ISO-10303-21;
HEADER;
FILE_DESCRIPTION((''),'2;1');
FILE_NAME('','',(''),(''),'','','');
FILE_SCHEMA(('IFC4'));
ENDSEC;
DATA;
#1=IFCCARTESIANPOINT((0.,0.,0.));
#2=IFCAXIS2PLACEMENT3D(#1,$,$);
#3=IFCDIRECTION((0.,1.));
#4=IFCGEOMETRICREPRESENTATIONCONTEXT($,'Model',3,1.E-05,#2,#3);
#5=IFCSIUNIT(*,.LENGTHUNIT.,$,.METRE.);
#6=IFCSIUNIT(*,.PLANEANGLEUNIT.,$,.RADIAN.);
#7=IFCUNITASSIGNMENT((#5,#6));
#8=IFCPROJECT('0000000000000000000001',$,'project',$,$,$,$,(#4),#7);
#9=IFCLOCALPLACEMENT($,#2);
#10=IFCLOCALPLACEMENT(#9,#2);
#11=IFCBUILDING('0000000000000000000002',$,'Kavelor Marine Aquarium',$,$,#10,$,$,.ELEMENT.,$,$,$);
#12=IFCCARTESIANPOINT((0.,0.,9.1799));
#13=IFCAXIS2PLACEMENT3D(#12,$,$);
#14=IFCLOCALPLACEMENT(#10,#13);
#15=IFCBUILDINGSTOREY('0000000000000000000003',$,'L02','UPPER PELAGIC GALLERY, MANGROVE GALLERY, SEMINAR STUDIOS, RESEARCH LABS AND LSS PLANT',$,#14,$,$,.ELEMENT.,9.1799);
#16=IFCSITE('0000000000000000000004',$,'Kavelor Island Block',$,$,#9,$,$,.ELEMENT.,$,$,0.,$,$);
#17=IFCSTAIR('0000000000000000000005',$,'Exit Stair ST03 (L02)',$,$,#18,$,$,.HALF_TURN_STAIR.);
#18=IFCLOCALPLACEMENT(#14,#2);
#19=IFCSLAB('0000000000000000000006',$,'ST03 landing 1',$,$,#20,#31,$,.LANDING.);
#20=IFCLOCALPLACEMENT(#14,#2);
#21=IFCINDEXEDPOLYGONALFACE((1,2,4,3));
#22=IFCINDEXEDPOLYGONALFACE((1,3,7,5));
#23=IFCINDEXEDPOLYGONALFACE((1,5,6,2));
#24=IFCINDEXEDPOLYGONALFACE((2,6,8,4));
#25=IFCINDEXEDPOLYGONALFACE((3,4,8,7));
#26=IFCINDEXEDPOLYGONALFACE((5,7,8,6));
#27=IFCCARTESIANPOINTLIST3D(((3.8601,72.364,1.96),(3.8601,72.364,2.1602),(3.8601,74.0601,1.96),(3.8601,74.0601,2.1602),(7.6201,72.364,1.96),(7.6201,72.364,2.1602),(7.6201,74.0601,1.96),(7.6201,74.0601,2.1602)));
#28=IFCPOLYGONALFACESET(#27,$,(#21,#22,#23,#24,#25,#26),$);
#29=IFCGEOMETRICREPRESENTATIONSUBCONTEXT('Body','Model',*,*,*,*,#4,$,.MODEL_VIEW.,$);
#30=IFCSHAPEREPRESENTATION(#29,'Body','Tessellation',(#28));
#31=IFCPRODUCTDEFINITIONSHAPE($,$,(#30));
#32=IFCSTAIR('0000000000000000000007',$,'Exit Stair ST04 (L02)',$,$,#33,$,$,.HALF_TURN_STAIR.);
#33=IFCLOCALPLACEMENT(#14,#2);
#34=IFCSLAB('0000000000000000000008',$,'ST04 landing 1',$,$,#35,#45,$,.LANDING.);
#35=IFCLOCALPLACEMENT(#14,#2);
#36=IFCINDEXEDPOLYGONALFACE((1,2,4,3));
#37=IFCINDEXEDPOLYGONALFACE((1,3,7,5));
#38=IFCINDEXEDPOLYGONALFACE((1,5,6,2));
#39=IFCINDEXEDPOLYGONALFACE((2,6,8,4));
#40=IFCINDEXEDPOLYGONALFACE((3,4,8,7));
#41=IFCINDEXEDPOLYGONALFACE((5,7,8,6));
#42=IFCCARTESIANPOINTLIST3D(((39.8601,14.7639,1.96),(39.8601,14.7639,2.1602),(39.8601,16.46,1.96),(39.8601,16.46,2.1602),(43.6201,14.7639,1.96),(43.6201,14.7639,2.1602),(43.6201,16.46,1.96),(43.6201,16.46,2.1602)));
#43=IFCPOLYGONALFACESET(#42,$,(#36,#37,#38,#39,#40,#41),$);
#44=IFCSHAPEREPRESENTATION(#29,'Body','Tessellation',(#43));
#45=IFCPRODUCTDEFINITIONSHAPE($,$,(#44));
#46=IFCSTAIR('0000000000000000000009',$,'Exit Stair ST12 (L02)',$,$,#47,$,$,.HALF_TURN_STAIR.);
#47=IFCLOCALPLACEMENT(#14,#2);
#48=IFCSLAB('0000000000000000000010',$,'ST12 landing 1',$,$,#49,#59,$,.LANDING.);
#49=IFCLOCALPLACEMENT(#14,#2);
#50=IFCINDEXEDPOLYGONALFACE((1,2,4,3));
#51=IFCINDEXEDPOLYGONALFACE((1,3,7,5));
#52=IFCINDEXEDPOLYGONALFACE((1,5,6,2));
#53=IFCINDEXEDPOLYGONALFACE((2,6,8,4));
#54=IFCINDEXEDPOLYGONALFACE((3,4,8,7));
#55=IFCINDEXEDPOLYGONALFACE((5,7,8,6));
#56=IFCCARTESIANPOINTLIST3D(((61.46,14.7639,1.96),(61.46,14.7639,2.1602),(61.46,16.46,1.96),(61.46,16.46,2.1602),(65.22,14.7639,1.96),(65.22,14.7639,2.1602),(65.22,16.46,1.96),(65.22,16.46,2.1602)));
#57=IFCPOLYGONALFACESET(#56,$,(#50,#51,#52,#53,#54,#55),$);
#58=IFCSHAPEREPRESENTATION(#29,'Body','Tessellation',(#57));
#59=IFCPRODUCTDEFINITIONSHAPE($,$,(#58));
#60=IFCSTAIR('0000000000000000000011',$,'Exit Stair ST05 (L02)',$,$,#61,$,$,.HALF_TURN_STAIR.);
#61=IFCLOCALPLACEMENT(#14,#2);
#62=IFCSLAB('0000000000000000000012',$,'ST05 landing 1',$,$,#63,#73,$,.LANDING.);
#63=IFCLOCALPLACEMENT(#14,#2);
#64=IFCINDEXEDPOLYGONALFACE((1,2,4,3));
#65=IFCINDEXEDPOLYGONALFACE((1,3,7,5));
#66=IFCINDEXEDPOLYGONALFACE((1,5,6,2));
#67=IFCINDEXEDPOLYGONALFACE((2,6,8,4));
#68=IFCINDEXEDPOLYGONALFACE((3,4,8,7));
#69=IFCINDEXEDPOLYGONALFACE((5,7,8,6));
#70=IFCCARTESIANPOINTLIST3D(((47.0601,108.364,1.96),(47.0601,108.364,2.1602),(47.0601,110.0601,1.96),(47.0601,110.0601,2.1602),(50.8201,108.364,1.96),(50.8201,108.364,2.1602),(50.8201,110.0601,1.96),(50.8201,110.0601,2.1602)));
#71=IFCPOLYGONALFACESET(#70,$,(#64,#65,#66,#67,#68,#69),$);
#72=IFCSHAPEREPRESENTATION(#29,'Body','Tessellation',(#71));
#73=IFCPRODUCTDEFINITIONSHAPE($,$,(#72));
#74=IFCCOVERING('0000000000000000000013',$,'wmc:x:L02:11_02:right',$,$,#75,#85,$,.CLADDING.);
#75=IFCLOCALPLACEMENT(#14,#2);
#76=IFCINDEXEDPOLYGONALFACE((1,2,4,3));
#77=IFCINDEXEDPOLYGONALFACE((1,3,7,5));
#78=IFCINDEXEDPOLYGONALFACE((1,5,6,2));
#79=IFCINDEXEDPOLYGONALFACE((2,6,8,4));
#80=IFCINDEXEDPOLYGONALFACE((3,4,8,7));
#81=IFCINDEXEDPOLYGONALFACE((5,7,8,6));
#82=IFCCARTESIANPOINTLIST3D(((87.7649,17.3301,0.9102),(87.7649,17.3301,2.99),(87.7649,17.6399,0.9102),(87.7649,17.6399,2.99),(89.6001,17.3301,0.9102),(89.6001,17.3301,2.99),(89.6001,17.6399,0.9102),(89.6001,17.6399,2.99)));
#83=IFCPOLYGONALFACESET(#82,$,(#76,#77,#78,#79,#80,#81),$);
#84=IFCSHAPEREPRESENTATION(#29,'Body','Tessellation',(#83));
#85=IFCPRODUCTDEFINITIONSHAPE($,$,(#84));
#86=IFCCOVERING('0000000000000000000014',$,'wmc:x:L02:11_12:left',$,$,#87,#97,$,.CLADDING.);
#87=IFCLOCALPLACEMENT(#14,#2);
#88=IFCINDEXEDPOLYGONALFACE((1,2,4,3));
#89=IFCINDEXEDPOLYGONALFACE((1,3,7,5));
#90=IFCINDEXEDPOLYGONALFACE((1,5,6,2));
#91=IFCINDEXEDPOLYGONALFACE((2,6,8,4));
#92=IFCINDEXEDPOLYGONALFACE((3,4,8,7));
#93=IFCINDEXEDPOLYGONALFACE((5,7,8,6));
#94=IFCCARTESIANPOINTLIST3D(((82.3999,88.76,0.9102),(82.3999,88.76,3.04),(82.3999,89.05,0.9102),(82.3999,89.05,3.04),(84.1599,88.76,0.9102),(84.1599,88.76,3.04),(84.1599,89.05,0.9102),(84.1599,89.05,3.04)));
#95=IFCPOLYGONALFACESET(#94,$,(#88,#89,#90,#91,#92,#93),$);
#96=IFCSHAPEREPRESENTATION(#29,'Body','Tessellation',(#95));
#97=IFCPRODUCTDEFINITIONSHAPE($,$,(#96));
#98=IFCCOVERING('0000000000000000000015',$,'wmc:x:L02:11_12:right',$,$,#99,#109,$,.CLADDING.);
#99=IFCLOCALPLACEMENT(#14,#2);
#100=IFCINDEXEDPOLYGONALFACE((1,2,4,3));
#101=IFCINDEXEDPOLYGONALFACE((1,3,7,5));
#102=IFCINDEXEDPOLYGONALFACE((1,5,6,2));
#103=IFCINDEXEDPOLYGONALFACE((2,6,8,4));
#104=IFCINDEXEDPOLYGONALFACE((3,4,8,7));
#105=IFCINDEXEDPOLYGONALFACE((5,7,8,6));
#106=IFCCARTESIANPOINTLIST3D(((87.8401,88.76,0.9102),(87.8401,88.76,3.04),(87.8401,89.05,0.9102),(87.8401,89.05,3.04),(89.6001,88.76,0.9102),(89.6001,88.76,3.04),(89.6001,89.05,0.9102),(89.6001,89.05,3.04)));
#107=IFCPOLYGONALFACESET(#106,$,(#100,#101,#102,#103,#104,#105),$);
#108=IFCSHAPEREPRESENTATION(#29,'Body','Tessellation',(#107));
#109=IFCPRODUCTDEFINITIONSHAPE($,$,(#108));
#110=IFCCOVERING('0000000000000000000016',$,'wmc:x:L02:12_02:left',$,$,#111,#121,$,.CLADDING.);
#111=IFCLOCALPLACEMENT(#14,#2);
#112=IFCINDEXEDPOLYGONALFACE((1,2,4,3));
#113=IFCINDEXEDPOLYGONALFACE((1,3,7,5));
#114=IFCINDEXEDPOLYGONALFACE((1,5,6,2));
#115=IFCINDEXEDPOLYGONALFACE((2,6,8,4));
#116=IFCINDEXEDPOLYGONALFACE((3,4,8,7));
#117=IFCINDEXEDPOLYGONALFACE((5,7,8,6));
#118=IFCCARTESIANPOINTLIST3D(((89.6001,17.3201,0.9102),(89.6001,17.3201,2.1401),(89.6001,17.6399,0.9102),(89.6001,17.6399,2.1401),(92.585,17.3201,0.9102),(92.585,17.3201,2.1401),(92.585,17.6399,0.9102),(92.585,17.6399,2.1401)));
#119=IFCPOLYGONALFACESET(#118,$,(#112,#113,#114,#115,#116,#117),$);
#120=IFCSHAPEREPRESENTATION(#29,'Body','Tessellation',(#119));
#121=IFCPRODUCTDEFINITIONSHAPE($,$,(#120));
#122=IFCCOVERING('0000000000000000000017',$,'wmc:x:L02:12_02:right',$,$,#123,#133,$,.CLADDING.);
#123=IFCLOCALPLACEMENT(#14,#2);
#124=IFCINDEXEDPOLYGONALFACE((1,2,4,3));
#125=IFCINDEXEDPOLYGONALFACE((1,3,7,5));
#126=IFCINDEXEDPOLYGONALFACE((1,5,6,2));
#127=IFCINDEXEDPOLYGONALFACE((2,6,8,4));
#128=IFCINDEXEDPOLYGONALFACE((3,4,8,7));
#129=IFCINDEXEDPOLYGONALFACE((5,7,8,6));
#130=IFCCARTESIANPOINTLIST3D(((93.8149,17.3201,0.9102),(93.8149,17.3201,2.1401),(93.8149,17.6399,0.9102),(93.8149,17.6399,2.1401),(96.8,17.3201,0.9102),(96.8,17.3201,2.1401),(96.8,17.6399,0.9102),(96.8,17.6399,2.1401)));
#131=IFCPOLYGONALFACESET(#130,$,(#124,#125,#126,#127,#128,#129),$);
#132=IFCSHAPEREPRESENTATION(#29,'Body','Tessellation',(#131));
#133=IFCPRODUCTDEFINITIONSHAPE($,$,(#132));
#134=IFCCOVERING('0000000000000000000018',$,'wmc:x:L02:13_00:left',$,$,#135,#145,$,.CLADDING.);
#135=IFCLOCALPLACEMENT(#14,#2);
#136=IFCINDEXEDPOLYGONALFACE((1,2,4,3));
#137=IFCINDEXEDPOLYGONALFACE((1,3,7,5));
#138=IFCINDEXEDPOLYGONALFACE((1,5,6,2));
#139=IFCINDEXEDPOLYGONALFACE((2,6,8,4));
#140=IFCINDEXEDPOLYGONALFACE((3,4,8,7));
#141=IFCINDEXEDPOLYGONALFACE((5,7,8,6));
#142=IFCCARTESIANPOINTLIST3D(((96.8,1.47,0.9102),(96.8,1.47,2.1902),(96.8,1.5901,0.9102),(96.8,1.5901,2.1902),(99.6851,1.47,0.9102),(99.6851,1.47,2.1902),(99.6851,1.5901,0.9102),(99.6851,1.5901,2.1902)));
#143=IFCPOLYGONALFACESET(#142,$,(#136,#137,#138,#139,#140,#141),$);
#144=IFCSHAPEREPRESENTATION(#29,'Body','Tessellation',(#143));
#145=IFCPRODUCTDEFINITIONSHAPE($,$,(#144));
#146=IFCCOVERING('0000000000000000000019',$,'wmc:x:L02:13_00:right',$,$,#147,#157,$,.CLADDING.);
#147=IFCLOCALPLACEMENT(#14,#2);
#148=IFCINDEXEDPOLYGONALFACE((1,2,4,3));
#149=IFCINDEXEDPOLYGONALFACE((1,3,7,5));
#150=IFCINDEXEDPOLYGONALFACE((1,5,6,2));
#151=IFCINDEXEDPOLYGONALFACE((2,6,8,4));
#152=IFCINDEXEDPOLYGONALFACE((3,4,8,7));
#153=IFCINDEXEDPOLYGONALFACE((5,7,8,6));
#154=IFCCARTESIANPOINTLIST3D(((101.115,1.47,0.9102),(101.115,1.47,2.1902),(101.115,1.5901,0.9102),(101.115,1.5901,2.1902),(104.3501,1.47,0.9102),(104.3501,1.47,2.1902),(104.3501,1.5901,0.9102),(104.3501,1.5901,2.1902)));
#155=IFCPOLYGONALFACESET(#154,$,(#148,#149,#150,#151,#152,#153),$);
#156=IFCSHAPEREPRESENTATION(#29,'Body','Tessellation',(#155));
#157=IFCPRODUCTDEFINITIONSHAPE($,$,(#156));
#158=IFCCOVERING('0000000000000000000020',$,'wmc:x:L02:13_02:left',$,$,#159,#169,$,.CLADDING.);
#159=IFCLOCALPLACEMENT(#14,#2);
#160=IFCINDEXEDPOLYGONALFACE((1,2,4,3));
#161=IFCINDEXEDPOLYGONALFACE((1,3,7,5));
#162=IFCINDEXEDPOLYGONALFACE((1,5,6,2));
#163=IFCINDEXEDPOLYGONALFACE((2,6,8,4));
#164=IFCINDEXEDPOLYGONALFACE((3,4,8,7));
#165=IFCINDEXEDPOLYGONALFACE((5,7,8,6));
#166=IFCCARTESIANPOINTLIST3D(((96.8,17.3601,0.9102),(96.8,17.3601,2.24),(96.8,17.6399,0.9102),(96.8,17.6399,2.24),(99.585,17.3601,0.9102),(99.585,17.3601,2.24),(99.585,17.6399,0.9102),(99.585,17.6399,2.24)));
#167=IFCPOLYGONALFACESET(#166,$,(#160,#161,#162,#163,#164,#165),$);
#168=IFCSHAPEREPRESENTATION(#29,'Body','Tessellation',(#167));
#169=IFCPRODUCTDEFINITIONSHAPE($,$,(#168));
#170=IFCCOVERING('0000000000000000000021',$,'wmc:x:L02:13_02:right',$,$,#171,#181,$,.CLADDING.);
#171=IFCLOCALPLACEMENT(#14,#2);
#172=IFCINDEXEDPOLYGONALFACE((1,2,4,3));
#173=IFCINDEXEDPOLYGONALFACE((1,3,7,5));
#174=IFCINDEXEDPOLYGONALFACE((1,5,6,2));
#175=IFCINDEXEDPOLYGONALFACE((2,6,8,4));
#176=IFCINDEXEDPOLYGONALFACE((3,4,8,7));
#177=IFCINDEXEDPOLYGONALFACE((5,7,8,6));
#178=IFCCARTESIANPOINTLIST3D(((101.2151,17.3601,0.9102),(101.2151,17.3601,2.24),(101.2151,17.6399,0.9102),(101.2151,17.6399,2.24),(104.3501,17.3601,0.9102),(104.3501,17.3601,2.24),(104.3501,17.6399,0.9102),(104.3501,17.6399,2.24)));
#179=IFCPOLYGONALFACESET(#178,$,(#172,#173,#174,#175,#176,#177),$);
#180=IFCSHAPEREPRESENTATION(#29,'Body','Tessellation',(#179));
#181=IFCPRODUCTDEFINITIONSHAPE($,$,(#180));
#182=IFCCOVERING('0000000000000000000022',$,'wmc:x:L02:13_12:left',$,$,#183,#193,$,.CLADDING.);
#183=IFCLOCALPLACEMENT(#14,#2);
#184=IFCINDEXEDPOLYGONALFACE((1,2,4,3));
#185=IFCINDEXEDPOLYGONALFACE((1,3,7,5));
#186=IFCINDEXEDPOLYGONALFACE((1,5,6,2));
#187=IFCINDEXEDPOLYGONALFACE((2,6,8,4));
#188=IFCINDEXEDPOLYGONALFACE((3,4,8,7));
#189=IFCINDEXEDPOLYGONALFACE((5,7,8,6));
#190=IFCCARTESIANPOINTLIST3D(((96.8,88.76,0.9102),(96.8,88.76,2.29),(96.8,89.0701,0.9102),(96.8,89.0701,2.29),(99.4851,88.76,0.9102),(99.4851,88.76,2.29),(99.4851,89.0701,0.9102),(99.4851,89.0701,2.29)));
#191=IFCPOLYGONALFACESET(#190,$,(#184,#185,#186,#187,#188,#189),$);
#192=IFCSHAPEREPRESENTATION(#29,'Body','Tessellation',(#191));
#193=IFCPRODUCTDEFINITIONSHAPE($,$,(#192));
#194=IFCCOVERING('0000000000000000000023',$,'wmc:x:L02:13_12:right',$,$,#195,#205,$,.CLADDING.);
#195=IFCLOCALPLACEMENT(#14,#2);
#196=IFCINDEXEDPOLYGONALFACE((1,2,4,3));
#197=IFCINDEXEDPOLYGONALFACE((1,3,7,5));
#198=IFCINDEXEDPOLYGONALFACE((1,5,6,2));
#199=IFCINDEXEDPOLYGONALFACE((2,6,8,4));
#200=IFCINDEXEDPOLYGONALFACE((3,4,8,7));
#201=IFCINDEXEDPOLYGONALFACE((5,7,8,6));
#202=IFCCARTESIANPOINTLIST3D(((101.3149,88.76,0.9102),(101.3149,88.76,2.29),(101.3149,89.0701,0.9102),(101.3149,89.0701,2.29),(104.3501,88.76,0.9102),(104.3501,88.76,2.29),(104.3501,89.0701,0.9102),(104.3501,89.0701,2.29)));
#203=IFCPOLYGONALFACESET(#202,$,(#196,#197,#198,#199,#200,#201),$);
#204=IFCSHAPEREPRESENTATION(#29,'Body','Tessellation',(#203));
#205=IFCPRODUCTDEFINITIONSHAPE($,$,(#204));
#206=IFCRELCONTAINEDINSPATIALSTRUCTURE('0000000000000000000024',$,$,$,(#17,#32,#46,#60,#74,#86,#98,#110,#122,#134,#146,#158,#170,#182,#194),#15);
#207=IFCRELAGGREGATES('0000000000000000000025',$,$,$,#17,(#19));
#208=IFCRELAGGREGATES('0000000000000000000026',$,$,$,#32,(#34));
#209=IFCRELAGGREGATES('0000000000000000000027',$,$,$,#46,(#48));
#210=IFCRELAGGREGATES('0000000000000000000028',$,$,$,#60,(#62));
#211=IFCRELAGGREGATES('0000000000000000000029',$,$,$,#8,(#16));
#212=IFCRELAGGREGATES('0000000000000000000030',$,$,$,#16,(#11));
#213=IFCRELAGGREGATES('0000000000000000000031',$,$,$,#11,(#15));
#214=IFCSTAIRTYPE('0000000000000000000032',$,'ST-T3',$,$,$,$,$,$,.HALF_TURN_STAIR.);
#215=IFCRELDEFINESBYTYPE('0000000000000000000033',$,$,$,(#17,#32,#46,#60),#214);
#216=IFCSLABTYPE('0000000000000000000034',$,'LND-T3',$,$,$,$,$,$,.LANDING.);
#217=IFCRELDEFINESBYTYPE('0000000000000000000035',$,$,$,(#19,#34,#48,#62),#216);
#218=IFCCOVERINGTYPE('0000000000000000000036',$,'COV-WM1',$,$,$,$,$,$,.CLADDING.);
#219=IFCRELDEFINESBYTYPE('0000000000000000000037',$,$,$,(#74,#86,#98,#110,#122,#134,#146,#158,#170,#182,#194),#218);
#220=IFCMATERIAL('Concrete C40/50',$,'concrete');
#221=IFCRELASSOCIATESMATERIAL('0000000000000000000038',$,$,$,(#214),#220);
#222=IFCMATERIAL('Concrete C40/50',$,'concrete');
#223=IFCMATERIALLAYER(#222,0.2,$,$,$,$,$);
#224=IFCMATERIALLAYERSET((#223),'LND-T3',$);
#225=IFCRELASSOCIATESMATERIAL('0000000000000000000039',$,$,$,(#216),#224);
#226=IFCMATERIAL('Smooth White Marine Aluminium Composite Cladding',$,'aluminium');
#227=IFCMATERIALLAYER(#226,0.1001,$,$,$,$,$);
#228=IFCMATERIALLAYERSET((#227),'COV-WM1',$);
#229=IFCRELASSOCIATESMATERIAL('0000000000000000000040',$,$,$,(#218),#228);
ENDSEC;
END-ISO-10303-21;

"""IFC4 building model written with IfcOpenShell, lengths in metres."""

from ifc_helpers import new_model, si_unit, direction, frame, origin, place, context, subcontext, project, spatial, polyline, outline, extrude, material, layer, layer_set, type_object, element, aggregate, save


model = new_model("IFC4")

# Units and contexts
model_context = context("Model", 3, precision=1e-05, world=origin(), true_north=direction((0.0, 1.0)))
body_context = subcontext(model_context, "Body", "Model", "MODEL_VIEW")
ifc_project = project(units=[si_unit("LENGTHUNIT", "METRE"), si_unit("PLANEANGLEUNIT", "RADIAN")], contexts=[model_context])

# Site, building, storey
site_placement = place(None, origin())
site = spatial("IfcSite", under=ifc_project, at=site_placement, Name="Kavelor Island Block", CompositionType="ELEMENT", RefElevation=0.0)
building_placement = place(site_placement, origin())
building = spatial("IfcBuilding", under=site, at=building_placement, Name="Kavelor Marine Aquarium", CompositionType="ELEMENT")
storey_placement = place(building_placement, frame((0.0, 0.0, 9.1799)))
storey = spatial("IfcBuildingStorey", under=building, at=storey_placement, Name="L02", Description="UPPER PELAGIC GALLERY, MANGROVE GALLERY, SEMINAR STUDIOS, RESEARCH LABS AND LSS PLANT", CompositionType="ELEMENT", Elevation=9.1799)

# Stairs, slabs
ifc_material_1 = material(Name="Concrete C40/50", Category="concrete")
stair_type = type_object("IfcStairType", Name="ST-T3", PredefinedType="HALF_TURN_STAIR", material=ifc_material_1)
stair_1_placement = place(storey_placement, origin())
stair_1 = element("IfcStair", 1, at=stair_1_placement, inside=storey, type_object=stair_type, Name="Exit Stair ST03 (L02)", PredefinedType="HALF_TURN_STAIR")
ifc_material_2 = material(Name="Concrete C40/50", Category="concrete")
ifc_layer_1 = layer(ifc_material_2, 0.2)
ifc_layer_set_1 = layer_set([ifc_layer_1], Name="LND-T3")
slab_type = type_object("IfcSlabType", Name="LND-T3", PredefinedType="LANDING", material=ifc_layer_set_1)
slab_1_placement = place(storey_placement, frame((0.0, 0.0, 1.96)))
slab_1 = element("IfcSlab", 2, at=slab_1_placement, type_object=slab_type, Name="ST03 landing 1", PredefinedType="LANDING", context=body_context, shape_type="SweptSolid", body=[
    extrude(outline(polyline([(3.8601, 72.364), (7.6201, 72.364), (7.6201, 74.0601), (3.8601, 74.0601), (3.8601, 72.364)])), origin(), (0.0, 0.0, 1.0), 0.2002),
])
aggregate(stair_1, [slab_1])
stair_2_placement = place(storey_placement, origin())
stair_2 = element("IfcStair", 3, at=stair_2_placement, inside=storey, type_object=stair_type, Name="Exit Stair ST04 (L02)", PredefinedType="HALF_TURN_STAIR")
slab_2_placement = place(storey_placement, frame((0.0, 0.0, 1.96)))
slab_2 = element("IfcSlab", 4, at=slab_2_placement, type_object=slab_type, Name="ST04 landing 1", PredefinedType="LANDING", context=body_context, shape_type="SweptSolid", body=[
    extrude(outline(polyline([(39.8601, 14.7639), (43.6201, 14.7639), (43.6201, 16.46), (39.8601, 16.46), (39.8601, 14.7639)])), origin(), (0.0, 0.0, 1.0), 0.2002),
])
aggregate(stair_2, [slab_2])
stair_3_placement = place(storey_placement, origin())
stair_3 = element("IfcStair", 5, at=stair_3_placement, inside=storey, type_object=stair_type, Name="Exit Stair ST12 (L02)", PredefinedType="HALF_TURN_STAIR")
slab_3_placement = place(storey_placement, frame((0.0, 0.0, 1.96)))
slab_3 = element("IfcSlab", 6, at=slab_3_placement, type_object=slab_type, Name="ST12 landing 1", PredefinedType="LANDING", context=body_context, shape_type="SweptSolid", body=[
    extrude(outline(polyline([(61.46, 14.7639), (65.22, 14.7639), (65.22, 16.46), (61.46, 16.46), (61.46, 14.7639)])), origin(), (0.0, 0.0, 1.0), 0.2002),
])
aggregate(stair_3, [slab_3])
stair_4_placement = place(storey_placement, origin())
stair_4 = element("IfcStair", 7, at=stair_4_placement, inside=storey, type_object=stair_type, Name="Exit Stair ST05 (L02)", PredefinedType="HALF_TURN_STAIR")
slab_4_placement = place(storey_placement, frame((0.0, 0.0, 1.96)))
slab_4 = element("IfcSlab", 8, at=slab_4_placement, type_object=slab_type, Name="ST05 landing 1", PredefinedType="LANDING", context=body_context, shape_type="SweptSolid", body=[
    extrude(outline(polyline([(47.0601, 108.364), (50.8201, 108.364), (50.8201, 110.0601), (47.0601, 110.0601), (47.0601, 108.364)])), origin(), (0.0, 0.0, 1.0), 0.2002),
])
aggregate(stair_4, [slab_4])

# Coverings
ifc_material_3 = material(Name="Smooth White Marine Aluminium Composite Cladding", Category="aluminium")
ifc_layer_2 = layer(ifc_material_3, 0.1001)
ifc_layer_set_2 = layer_set([ifc_layer_2], Name="COV-WM1")
covering_type = type_object("IfcCoveringType", Name="COV-WM1", PredefinedType="CLADDING", material=ifc_layer_set_2)
covering_1_placement = place(storey_placement, frame((0.0, 0.0, 0.9102)))
element("IfcCovering", 9, at=covering_1_placement, inside=storey, type_object=covering_type, Name="wmc:x:L02:11_02:right", PredefinedType="CLADDING", context=body_context, shape_type="SweptSolid", body=[
    extrude(outline(polyline([(87.7649, 17.3301), (89.6001, 17.3301), (89.6001, 17.6399), (87.7649, 17.6399), (87.7649, 17.3301)])), origin(), (0.0, 0.0, 1.0), 2.0798),
])
covering_2_placement = place(storey_placement, frame((0.0, 0.0, 0.9102)))
element("IfcCovering", 10, at=covering_2_placement, inside=storey, type_object=covering_type, Name="wmc:x:L02:11_12:left", PredefinedType="CLADDING", context=body_context, shape_type="SweptSolid", body=[
    extrude(outline(polyline([(82.3999, 88.76), (84.1599, 88.76), (84.1599, 89.05), (82.3999, 89.05), (82.3999, 88.76)])), origin(), (0.0, 0.0, 1.0), 2.1299),
])
covering_3_placement = place(storey_placement, frame((0.0, 0.0, 0.9102)))
element("IfcCovering", 11, at=covering_3_placement, inside=storey, type_object=covering_type, Name="wmc:x:L02:11_12:right", PredefinedType="CLADDING", context=body_context, shape_type="SweptSolid", body=[
    extrude(outline(polyline([(87.8401, 88.76), (89.6001, 88.76), (89.6001, 89.05), (87.8401, 89.05), (87.8401, 88.76)])), origin(), (0.0, 0.0, 1.0), 2.1299),
])
covering_4_placement = place(storey_placement, frame((0.0, 0.0, 0.9102)))
element("IfcCovering", 12, at=covering_4_placement, inside=storey, type_object=covering_type, Name="wmc:x:L02:12_02:left", PredefinedType="CLADDING", context=body_context, shape_type="SweptSolid", body=[
    extrude(outline(polyline([(89.6001, 17.3201), (92.585, 17.3201), (92.585, 17.6399), (89.6001, 17.6399), (89.6001, 17.3201)])), origin(), (0.0, 0.0, 1.0), 1.23),
])
covering_5_placement = place(storey_placement, frame((0.0, 0.0, 0.9102)))
element("IfcCovering", 13, at=covering_5_placement, inside=storey, type_object=covering_type, Name="wmc:x:L02:12_02:right", PredefinedType="CLADDING", context=body_context, shape_type="SweptSolid", body=[
    extrude(outline(polyline([(93.8149, 17.3201), (96.8, 17.3201), (96.8, 17.6399), (93.8149, 17.6399), (93.8149, 17.3201)])), origin(), (0.0, 0.0, 1.0), 1.23),
])
covering_6_placement = place(storey_placement, frame((0.0, 0.0, 0.9102)))
element("IfcCovering", 14, at=covering_6_placement, inside=storey, type_object=covering_type, Name="wmc:x:L02:13_00:left", PredefinedType="CLADDING", context=body_context, shape_type="SweptSolid", body=[
    extrude(outline(polyline([(96.8, 1.47), (99.6851, 1.47), (99.6851, 1.5901), (96.8, 1.5901), (96.8, 1.47)])), origin(), (0.0, 0.0, 1.0), 1.28),
])
covering_7_placement = place(storey_placement, frame((0.0, 0.0, 0.9102)))
element("IfcCovering", 15, at=covering_7_placement, inside=storey, type_object=covering_type, Name="wmc:x:L02:13_00:right", PredefinedType="CLADDING", context=body_context, shape_type="SweptSolid", body=[
    extrude(outline(polyline([(101.115, 1.47), (104.3501, 1.47), (104.3501, 1.5901), (101.115, 1.5901), (101.115, 1.47)])), origin(), (0.0, 0.0, 1.0), 1.28),
])
covering_8_placement = place(storey_placement, frame((0.0, 0.0, 0.9102)))
element("IfcCovering", 16, at=covering_8_placement, inside=storey, type_object=covering_type, Name="wmc:x:L02:13_02:left", PredefinedType="CLADDING", context=body_context, shape_type="SweptSolid", body=[
    extrude(outline(polyline([(96.8, 17.3601), (99.585, 17.3601), (99.585, 17.6399), (96.8, 17.6399), (96.8, 17.3601)])), origin(), (0.0, 0.0, 1.0), 1.3298),
])
covering_9_placement = place(storey_placement, frame((0.0, 0.0, 0.9102)))
element("IfcCovering", 17, at=covering_9_placement, inside=storey, type_object=covering_type, Name="wmc:x:L02:13_02:right", PredefinedType="CLADDING", context=body_context, shape_type="SweptSolid", body=[
    extrude(outline(polyline([(101.2151, 17.3601), (104.3501, 17.3601), (104.3501, 17.6399), (101.2151, 17.6399), (101.2151, 17.3601)])), origin(), (0.0, 0.0, 1.0), 1.3298),
])
covering_10_placement = place(storey_placement, frame((0.0, 0.0, 0.9102)))
element("IfcCovering", 18, at=covering_10_placement, inside=storey, type_object=covering_type, Name="wmc:x:L02:13_12:left", PredefinedType="CLADDING", context=body_context, shape_type="SweptSolid", body=[
    extrude(outline(polyline([(96.8, 88.76), (99.4851, 88.76), (99.4851, 89.0701), (96.8, 89.0701), (96.8, 88.76)])), origin(), (0.0, 0.0, 1.0), 1.3799),
])
covering_11_placement = place(storey_placement, frame((0.0, 0.0, 0.9102)))
element("IfcCovering", 19, at=covering_11_placement, inside=storey, type_object=covering_type, Name="wmc:x:L02:13_12:right", PredefinedType="CLADDING", context=body_context, shape_type="SweptSolid", body=[
    extrude(outline(polyline([(101.3149, 88.76), (104.3501, 88.76), (104.3501, 89.0701), (101.3149, 89.0701), (101.3149, 88.76)])), origin(), (0.0, 0.0, 1.0), 1.3799),
])

save(model, "model.ifc")
